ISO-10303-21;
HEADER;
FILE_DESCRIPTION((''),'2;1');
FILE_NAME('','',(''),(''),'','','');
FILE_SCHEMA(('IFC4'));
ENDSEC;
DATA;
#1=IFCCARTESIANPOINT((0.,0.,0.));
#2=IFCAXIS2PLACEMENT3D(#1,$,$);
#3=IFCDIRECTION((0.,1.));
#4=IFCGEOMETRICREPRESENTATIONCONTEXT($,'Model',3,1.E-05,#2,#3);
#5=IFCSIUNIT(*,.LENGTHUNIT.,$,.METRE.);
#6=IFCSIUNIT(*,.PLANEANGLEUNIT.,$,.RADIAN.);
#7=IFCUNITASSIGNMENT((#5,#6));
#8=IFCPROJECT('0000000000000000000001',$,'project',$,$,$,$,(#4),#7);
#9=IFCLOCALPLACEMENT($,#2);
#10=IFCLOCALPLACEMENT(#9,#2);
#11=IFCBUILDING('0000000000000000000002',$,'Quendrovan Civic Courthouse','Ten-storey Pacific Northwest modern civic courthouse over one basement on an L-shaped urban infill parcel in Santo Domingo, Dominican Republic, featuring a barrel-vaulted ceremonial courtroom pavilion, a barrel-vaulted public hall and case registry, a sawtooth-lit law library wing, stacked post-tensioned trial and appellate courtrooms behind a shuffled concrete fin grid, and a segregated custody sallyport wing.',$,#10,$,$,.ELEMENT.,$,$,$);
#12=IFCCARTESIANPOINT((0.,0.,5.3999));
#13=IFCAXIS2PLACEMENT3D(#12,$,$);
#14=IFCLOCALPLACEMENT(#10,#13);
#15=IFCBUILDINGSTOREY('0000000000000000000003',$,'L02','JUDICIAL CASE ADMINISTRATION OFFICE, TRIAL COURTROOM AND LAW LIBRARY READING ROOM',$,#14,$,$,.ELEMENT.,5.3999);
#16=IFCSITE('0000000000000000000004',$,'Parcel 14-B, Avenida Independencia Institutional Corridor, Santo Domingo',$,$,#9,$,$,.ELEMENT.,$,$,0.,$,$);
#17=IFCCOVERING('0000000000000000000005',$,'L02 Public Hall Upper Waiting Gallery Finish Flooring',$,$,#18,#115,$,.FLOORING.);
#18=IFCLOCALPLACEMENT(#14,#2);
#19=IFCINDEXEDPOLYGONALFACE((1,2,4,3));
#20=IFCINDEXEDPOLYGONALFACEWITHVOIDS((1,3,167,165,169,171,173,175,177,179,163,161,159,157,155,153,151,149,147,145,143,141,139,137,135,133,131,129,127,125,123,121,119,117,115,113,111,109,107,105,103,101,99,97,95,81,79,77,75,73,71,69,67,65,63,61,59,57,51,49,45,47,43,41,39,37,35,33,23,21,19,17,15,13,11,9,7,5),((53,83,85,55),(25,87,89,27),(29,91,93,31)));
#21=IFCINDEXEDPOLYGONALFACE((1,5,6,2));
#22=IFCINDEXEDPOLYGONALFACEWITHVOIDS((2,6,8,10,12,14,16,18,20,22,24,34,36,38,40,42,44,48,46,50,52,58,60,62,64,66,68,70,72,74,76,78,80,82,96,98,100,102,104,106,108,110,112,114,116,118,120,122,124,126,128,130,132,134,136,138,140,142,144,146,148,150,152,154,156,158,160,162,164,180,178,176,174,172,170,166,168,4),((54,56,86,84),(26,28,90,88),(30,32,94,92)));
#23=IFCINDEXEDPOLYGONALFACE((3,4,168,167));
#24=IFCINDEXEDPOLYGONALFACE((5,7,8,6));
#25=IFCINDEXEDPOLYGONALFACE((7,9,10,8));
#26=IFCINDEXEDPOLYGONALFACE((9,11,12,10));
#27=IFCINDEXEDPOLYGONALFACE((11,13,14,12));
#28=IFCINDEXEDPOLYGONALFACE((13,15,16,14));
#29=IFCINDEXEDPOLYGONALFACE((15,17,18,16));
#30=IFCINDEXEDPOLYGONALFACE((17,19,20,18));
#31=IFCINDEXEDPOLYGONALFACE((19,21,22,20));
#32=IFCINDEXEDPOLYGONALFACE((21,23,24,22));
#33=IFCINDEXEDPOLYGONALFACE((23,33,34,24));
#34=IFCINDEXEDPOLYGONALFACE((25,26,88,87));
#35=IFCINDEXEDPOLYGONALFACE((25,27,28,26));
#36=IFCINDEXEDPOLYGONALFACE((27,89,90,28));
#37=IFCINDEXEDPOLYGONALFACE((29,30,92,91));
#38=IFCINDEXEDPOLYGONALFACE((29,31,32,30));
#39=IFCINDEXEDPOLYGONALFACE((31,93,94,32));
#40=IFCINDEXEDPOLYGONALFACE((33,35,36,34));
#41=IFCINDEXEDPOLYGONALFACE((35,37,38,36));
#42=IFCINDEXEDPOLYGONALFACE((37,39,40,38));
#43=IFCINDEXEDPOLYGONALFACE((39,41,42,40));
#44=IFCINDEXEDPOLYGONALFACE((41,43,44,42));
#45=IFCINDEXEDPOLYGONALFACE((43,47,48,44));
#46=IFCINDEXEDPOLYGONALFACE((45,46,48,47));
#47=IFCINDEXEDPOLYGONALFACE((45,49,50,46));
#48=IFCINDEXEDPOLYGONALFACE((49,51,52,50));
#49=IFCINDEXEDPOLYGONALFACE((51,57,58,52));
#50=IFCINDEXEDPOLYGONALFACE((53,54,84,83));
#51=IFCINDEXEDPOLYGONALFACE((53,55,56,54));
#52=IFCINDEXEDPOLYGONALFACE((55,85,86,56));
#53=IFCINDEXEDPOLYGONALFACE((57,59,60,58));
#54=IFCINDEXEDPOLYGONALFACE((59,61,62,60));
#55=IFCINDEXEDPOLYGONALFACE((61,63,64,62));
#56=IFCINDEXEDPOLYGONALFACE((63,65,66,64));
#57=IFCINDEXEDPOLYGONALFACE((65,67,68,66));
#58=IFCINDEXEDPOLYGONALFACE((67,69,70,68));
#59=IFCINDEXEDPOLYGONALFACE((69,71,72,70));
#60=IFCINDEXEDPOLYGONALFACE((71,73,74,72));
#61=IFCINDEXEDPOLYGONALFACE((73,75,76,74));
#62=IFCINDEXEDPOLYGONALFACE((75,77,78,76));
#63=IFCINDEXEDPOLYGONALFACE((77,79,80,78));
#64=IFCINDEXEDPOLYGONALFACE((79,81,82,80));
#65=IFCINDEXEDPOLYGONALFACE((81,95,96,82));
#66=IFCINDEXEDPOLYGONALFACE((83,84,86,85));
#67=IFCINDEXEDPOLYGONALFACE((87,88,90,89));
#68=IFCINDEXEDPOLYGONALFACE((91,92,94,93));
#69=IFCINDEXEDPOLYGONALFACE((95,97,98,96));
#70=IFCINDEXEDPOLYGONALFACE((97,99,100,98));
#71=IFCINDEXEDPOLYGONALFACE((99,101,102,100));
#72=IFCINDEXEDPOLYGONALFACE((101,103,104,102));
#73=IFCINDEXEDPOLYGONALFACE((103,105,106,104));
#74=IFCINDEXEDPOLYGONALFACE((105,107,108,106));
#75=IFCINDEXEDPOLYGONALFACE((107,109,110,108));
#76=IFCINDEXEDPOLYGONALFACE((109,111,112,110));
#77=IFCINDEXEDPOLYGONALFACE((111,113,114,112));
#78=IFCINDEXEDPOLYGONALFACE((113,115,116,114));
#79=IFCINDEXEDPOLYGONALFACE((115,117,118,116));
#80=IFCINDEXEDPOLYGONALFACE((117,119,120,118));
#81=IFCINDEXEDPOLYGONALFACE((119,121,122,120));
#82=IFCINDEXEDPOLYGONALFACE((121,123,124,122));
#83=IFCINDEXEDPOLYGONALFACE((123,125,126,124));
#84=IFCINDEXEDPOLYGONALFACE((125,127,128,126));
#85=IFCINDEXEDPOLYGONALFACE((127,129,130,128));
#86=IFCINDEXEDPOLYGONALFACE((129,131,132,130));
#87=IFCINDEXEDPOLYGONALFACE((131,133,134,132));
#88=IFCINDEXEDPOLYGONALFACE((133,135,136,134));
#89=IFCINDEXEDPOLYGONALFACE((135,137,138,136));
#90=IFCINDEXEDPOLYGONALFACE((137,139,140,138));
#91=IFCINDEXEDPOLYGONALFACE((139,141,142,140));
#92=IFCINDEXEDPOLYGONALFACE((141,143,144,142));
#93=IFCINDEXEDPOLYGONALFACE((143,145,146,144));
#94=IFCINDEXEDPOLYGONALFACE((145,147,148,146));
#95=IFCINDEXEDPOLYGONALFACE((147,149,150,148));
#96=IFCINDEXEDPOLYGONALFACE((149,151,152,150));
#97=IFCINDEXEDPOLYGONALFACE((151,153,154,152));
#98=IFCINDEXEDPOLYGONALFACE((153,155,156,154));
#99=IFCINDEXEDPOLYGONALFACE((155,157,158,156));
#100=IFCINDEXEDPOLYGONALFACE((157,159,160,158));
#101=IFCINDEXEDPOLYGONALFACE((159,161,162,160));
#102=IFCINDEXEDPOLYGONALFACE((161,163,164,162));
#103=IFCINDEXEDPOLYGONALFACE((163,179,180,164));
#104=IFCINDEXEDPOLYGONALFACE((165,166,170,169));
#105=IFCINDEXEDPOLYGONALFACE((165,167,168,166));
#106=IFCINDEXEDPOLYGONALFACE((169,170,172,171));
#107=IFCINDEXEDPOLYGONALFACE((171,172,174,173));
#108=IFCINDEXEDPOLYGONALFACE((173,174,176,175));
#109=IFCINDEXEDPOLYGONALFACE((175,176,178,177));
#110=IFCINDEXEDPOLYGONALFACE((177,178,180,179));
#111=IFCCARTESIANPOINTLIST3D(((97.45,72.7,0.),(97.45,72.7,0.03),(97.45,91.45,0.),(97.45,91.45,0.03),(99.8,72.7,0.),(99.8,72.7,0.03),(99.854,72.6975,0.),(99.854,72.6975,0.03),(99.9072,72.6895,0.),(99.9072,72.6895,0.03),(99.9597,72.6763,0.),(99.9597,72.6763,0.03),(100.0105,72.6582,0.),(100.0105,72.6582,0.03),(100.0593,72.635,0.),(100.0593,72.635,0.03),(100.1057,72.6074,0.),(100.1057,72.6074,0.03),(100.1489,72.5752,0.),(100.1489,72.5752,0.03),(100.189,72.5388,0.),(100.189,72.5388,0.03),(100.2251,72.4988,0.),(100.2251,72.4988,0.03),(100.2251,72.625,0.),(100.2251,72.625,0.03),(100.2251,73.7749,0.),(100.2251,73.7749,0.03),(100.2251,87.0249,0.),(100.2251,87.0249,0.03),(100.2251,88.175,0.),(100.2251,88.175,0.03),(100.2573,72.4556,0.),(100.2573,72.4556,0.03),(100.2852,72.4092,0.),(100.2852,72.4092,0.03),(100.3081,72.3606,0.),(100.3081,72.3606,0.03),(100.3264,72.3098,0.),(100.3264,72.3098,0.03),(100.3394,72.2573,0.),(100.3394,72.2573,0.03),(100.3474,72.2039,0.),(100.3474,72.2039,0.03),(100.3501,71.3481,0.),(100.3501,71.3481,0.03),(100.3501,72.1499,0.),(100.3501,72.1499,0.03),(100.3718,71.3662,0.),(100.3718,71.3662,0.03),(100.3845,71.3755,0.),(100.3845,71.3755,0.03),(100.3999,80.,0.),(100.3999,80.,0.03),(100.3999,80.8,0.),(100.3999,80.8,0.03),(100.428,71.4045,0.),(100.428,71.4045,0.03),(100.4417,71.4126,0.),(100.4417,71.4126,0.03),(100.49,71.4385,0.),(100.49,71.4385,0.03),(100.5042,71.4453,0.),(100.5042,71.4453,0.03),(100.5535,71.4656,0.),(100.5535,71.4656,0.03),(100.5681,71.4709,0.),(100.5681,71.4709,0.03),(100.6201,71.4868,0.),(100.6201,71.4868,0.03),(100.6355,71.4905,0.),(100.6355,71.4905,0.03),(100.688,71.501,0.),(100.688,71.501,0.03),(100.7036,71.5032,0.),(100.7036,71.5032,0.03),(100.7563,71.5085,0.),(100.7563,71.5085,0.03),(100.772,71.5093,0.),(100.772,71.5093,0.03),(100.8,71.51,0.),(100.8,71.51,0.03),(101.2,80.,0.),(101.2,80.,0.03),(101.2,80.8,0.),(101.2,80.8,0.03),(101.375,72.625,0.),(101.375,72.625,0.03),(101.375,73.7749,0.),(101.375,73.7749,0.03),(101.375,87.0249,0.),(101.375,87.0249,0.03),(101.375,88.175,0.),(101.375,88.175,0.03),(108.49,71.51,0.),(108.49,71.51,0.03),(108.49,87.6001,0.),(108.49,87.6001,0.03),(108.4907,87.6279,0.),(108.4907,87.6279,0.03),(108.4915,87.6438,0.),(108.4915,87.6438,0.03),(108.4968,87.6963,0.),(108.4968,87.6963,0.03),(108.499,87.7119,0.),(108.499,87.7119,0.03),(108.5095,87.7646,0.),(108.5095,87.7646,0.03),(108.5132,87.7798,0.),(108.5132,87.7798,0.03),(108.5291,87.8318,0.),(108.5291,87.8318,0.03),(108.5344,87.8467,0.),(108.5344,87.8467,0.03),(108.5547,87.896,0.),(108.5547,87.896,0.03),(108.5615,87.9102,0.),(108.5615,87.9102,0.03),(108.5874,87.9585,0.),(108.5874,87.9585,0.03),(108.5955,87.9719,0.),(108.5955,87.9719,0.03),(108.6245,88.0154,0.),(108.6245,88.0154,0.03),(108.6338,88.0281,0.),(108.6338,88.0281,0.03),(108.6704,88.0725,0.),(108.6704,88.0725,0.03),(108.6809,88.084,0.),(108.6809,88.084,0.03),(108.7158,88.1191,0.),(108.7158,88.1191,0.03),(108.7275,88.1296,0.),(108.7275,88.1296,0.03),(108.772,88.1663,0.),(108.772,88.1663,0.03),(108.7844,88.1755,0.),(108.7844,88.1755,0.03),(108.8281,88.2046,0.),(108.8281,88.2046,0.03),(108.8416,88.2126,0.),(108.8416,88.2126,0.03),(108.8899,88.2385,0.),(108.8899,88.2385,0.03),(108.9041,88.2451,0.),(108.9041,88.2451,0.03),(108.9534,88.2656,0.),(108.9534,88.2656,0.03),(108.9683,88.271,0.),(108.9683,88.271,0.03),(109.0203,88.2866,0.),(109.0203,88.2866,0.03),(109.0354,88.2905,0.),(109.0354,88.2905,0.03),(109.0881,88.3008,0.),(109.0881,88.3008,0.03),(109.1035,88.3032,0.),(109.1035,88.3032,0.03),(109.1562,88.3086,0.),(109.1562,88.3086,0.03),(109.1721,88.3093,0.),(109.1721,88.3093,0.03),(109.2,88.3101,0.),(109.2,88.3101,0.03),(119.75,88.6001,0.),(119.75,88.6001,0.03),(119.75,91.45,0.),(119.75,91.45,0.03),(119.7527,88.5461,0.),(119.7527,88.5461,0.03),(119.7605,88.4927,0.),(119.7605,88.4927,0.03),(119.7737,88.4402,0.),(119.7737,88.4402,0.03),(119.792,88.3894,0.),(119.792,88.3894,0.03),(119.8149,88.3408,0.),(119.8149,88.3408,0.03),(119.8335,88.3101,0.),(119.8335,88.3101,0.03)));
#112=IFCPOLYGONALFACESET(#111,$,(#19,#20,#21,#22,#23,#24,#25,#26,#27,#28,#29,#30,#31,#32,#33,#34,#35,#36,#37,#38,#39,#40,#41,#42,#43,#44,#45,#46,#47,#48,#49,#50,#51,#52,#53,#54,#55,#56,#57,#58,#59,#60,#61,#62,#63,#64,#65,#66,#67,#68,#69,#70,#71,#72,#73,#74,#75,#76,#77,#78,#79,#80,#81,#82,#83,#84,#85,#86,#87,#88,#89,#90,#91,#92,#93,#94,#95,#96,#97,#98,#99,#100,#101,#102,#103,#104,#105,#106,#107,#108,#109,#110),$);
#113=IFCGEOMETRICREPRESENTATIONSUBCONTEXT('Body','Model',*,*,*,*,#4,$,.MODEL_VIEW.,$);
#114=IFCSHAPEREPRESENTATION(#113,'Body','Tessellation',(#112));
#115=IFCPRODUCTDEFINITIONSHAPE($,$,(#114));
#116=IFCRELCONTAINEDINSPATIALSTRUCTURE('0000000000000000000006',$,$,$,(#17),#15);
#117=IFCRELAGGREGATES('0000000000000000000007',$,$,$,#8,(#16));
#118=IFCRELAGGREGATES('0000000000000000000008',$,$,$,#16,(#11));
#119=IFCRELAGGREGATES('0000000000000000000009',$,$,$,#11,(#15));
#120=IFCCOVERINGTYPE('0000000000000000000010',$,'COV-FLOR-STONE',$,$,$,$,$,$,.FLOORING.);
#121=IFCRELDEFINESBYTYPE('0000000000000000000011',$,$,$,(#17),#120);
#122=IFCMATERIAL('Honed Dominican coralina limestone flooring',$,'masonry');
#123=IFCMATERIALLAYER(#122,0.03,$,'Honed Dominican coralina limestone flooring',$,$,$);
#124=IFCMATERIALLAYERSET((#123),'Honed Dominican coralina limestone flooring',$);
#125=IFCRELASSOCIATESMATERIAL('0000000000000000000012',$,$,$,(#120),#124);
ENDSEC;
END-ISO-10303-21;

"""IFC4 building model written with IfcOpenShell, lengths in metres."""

from ifc_helpers import new_model, si_unit, direction, frame, origin, place, context, subcontext, project, spatial, polyline, outline, extrude, material, layer, layer_set, type_object, element, save


model = new_model("IFC4")

# Units and contexts
model_context = context("Model", 3, precision=1e-05, world=origin(), true_north=direction((0.0, 1.0)))
body_context = subcontext(model_context, "Body", "Model", "MODEL_VIEW")
ifc_project = project(units=[si_unit("LENGTHUNIT", "METRE"), si_unit("PLANEANGLEUNIT", "RADIAN")], contexts=[model_context])

# Site, building, storey
site_placement = place(None, origin())
site = spatial("IfcSite", under=ifc_project, at=site_placement, Name="Parcel 14-B, Avenida Independencia Institutional Corridor, Santo Domingo", CompositionType="ELEMENT", RefElevation=0.0)
building_placement = place(site_placement, origin())
building = spatial("IfcBuilding", under=site, at=building_placement, Name="Quendrovan Civic Courthouse", Description="Ten-storey Pacific Northwest modern civic courthouse over one basement on an L-shaped urban infill parcel in Santo Domingo, Dominican Republic, featuring a barrel-vaulted ceremonial courtroom pavilion, a barrel-vaulted public hall and case registry, a sawtooth-lit law library wing, stacked post-tensioned trial and appellate courtrooms behind a shuffled concrete fin grid, and a segregated custody sallyport wing.", CompositionType="ELEMENT")
storey_placement = place(building_placement, frame((0.0, 0.0, 5.3999)))
storey = spatial("IfcBuildingStorey", under=building, at=storey_placement, Name="L02", Description="JUDICIAL CASE ADMINISTRATION OFFICE, TRIAL COURTROOM AND LAW LIBRARY READING ROOM", CompositionType="ELEMENT", Elevation=5.3999)

# Covering
ifc_material_1 = material(Name="Honed Dominican coralina limestone flooring", Category="masonry")
ifc_layer_1 = layer(ifc_material_1, 0.03, Name="Honed Dominican coralina limestone flooring")
ifc_layer_set_1 = layer_set([ifc_layer_1], Name="Honed Dominican coralina limestone flooring")
covering_type_1 = type_object("IfcCoveringType", Name="COV-FLOR-STONE", PredefinedType="FLOORING", material=ifc_layer_set_1)
covering_1_placement = place(storey_placement, origin())
element("IfcCovering", 1, at=covering_1_placement, inside=storey, type_object=covering_type_1, Name="L02 Public Hall Upper Waiting Gallery Finish Flooring", PredefinedType="FLOORING", context=body_context, shape_type="SweptSolid", body=[
    extrude(outline(polyline([(100.5042, 71.4453), (100.49, 71.4385), (100.4417, 71.4126), (100.428, 71.4045), (100.3845, 71.3755), (100.3718, 71.3662), (100.3501, 71.3481), (100.3501, 72.1499), (100.3474, 72.2039), (100.3394, 72.2573), (100.3264, 72.3098), (100.3081, 72.3606), (100.2852, 72.4092), (100.2573, 72.4556), (100.2251, 72.4988), (100.189, 72.5388), (100.1489, 72.5752), (100.1057, 72.6074), (100.0593, 72.635), (100.0105, 72.6582), (99.9597, 72.6763), (99.9072, 72.6895), (99.854, 72.6975), (99.8, 72.7), (97.45, 72.7), (97.45, 91.45), (119.75, 91.45), (119.75, 88.6001), (119.7527, 88.5461), (119.7605, 88.4927), (119.7737, 88.4402), (119.792, 88.3894), (119.8149, 88.3408), (119.8335, 88.3101), (109.2, 88.3101), (109.1721, 88.3093), (109.1562, 88.3086), (109.1035, 88.3032), (109.0881, 88.3008), (109.0354, 88.2905), (109.0203, 88.2866), (108.9683, 88.271), (108.9534, 88.2656), (108.9041, 88.2451), (108.8899, 88.2385), (108.8416, 88.2126), (108.8281, 88.2046), (108.7844, 88.1755), (108.772, 88.1663), (108.7275, 88.1296), (108.7158, 88.1191), (108.6809, 88.084), (108.6704, 88.0725), (108.6338, 88.0281), (108.6245, 88.0154), (108.5955, 87.9719), (108.5874, 87.9585), (108.5615, 87.9102), (108.5547, 87.896), (108.5344, 87.8467), (108.5291, 87.8318), (108.5132, 87.7798), (108.5095, 87.7646), (108.499, 87.7119), (108.4968, 87.6963), (108.4915, 87.6438), (108.4907, 87.6279), (108.49, 87.6001), (108.49, 71.51), (100.8, 71.51), (100.772, 71.5093), (100.7563, 71.5085), (100.7036, 71.5032), (100.688, 71.501), (100.6355, 71.4905), (100.6201, 71.4868), (100.5681, 71.4709), (100.5535, 71.4656), (100.5042, 71.4453)]), holes=[polyline([(100.2251, 73.7749), (100.2251, 72.625), (101.375, 72.625), (101.375, 73.7749), (100.2251, 73.7749)]), polyline([(101.2, 80.8), (100.3999, 80.8), (100.3999, 80.0), (101.2, 80.0), (101.2, 80.8)]), polyline([(101.375, 87.0249), (101.375, 88.175), (100.2251, 88.175), (100.2251, 87.0249), (101.375, 87.0249)])]), origin(), (0.0, 0.0, 1.0), 0.03),
])

save(model, "model.ifc")
